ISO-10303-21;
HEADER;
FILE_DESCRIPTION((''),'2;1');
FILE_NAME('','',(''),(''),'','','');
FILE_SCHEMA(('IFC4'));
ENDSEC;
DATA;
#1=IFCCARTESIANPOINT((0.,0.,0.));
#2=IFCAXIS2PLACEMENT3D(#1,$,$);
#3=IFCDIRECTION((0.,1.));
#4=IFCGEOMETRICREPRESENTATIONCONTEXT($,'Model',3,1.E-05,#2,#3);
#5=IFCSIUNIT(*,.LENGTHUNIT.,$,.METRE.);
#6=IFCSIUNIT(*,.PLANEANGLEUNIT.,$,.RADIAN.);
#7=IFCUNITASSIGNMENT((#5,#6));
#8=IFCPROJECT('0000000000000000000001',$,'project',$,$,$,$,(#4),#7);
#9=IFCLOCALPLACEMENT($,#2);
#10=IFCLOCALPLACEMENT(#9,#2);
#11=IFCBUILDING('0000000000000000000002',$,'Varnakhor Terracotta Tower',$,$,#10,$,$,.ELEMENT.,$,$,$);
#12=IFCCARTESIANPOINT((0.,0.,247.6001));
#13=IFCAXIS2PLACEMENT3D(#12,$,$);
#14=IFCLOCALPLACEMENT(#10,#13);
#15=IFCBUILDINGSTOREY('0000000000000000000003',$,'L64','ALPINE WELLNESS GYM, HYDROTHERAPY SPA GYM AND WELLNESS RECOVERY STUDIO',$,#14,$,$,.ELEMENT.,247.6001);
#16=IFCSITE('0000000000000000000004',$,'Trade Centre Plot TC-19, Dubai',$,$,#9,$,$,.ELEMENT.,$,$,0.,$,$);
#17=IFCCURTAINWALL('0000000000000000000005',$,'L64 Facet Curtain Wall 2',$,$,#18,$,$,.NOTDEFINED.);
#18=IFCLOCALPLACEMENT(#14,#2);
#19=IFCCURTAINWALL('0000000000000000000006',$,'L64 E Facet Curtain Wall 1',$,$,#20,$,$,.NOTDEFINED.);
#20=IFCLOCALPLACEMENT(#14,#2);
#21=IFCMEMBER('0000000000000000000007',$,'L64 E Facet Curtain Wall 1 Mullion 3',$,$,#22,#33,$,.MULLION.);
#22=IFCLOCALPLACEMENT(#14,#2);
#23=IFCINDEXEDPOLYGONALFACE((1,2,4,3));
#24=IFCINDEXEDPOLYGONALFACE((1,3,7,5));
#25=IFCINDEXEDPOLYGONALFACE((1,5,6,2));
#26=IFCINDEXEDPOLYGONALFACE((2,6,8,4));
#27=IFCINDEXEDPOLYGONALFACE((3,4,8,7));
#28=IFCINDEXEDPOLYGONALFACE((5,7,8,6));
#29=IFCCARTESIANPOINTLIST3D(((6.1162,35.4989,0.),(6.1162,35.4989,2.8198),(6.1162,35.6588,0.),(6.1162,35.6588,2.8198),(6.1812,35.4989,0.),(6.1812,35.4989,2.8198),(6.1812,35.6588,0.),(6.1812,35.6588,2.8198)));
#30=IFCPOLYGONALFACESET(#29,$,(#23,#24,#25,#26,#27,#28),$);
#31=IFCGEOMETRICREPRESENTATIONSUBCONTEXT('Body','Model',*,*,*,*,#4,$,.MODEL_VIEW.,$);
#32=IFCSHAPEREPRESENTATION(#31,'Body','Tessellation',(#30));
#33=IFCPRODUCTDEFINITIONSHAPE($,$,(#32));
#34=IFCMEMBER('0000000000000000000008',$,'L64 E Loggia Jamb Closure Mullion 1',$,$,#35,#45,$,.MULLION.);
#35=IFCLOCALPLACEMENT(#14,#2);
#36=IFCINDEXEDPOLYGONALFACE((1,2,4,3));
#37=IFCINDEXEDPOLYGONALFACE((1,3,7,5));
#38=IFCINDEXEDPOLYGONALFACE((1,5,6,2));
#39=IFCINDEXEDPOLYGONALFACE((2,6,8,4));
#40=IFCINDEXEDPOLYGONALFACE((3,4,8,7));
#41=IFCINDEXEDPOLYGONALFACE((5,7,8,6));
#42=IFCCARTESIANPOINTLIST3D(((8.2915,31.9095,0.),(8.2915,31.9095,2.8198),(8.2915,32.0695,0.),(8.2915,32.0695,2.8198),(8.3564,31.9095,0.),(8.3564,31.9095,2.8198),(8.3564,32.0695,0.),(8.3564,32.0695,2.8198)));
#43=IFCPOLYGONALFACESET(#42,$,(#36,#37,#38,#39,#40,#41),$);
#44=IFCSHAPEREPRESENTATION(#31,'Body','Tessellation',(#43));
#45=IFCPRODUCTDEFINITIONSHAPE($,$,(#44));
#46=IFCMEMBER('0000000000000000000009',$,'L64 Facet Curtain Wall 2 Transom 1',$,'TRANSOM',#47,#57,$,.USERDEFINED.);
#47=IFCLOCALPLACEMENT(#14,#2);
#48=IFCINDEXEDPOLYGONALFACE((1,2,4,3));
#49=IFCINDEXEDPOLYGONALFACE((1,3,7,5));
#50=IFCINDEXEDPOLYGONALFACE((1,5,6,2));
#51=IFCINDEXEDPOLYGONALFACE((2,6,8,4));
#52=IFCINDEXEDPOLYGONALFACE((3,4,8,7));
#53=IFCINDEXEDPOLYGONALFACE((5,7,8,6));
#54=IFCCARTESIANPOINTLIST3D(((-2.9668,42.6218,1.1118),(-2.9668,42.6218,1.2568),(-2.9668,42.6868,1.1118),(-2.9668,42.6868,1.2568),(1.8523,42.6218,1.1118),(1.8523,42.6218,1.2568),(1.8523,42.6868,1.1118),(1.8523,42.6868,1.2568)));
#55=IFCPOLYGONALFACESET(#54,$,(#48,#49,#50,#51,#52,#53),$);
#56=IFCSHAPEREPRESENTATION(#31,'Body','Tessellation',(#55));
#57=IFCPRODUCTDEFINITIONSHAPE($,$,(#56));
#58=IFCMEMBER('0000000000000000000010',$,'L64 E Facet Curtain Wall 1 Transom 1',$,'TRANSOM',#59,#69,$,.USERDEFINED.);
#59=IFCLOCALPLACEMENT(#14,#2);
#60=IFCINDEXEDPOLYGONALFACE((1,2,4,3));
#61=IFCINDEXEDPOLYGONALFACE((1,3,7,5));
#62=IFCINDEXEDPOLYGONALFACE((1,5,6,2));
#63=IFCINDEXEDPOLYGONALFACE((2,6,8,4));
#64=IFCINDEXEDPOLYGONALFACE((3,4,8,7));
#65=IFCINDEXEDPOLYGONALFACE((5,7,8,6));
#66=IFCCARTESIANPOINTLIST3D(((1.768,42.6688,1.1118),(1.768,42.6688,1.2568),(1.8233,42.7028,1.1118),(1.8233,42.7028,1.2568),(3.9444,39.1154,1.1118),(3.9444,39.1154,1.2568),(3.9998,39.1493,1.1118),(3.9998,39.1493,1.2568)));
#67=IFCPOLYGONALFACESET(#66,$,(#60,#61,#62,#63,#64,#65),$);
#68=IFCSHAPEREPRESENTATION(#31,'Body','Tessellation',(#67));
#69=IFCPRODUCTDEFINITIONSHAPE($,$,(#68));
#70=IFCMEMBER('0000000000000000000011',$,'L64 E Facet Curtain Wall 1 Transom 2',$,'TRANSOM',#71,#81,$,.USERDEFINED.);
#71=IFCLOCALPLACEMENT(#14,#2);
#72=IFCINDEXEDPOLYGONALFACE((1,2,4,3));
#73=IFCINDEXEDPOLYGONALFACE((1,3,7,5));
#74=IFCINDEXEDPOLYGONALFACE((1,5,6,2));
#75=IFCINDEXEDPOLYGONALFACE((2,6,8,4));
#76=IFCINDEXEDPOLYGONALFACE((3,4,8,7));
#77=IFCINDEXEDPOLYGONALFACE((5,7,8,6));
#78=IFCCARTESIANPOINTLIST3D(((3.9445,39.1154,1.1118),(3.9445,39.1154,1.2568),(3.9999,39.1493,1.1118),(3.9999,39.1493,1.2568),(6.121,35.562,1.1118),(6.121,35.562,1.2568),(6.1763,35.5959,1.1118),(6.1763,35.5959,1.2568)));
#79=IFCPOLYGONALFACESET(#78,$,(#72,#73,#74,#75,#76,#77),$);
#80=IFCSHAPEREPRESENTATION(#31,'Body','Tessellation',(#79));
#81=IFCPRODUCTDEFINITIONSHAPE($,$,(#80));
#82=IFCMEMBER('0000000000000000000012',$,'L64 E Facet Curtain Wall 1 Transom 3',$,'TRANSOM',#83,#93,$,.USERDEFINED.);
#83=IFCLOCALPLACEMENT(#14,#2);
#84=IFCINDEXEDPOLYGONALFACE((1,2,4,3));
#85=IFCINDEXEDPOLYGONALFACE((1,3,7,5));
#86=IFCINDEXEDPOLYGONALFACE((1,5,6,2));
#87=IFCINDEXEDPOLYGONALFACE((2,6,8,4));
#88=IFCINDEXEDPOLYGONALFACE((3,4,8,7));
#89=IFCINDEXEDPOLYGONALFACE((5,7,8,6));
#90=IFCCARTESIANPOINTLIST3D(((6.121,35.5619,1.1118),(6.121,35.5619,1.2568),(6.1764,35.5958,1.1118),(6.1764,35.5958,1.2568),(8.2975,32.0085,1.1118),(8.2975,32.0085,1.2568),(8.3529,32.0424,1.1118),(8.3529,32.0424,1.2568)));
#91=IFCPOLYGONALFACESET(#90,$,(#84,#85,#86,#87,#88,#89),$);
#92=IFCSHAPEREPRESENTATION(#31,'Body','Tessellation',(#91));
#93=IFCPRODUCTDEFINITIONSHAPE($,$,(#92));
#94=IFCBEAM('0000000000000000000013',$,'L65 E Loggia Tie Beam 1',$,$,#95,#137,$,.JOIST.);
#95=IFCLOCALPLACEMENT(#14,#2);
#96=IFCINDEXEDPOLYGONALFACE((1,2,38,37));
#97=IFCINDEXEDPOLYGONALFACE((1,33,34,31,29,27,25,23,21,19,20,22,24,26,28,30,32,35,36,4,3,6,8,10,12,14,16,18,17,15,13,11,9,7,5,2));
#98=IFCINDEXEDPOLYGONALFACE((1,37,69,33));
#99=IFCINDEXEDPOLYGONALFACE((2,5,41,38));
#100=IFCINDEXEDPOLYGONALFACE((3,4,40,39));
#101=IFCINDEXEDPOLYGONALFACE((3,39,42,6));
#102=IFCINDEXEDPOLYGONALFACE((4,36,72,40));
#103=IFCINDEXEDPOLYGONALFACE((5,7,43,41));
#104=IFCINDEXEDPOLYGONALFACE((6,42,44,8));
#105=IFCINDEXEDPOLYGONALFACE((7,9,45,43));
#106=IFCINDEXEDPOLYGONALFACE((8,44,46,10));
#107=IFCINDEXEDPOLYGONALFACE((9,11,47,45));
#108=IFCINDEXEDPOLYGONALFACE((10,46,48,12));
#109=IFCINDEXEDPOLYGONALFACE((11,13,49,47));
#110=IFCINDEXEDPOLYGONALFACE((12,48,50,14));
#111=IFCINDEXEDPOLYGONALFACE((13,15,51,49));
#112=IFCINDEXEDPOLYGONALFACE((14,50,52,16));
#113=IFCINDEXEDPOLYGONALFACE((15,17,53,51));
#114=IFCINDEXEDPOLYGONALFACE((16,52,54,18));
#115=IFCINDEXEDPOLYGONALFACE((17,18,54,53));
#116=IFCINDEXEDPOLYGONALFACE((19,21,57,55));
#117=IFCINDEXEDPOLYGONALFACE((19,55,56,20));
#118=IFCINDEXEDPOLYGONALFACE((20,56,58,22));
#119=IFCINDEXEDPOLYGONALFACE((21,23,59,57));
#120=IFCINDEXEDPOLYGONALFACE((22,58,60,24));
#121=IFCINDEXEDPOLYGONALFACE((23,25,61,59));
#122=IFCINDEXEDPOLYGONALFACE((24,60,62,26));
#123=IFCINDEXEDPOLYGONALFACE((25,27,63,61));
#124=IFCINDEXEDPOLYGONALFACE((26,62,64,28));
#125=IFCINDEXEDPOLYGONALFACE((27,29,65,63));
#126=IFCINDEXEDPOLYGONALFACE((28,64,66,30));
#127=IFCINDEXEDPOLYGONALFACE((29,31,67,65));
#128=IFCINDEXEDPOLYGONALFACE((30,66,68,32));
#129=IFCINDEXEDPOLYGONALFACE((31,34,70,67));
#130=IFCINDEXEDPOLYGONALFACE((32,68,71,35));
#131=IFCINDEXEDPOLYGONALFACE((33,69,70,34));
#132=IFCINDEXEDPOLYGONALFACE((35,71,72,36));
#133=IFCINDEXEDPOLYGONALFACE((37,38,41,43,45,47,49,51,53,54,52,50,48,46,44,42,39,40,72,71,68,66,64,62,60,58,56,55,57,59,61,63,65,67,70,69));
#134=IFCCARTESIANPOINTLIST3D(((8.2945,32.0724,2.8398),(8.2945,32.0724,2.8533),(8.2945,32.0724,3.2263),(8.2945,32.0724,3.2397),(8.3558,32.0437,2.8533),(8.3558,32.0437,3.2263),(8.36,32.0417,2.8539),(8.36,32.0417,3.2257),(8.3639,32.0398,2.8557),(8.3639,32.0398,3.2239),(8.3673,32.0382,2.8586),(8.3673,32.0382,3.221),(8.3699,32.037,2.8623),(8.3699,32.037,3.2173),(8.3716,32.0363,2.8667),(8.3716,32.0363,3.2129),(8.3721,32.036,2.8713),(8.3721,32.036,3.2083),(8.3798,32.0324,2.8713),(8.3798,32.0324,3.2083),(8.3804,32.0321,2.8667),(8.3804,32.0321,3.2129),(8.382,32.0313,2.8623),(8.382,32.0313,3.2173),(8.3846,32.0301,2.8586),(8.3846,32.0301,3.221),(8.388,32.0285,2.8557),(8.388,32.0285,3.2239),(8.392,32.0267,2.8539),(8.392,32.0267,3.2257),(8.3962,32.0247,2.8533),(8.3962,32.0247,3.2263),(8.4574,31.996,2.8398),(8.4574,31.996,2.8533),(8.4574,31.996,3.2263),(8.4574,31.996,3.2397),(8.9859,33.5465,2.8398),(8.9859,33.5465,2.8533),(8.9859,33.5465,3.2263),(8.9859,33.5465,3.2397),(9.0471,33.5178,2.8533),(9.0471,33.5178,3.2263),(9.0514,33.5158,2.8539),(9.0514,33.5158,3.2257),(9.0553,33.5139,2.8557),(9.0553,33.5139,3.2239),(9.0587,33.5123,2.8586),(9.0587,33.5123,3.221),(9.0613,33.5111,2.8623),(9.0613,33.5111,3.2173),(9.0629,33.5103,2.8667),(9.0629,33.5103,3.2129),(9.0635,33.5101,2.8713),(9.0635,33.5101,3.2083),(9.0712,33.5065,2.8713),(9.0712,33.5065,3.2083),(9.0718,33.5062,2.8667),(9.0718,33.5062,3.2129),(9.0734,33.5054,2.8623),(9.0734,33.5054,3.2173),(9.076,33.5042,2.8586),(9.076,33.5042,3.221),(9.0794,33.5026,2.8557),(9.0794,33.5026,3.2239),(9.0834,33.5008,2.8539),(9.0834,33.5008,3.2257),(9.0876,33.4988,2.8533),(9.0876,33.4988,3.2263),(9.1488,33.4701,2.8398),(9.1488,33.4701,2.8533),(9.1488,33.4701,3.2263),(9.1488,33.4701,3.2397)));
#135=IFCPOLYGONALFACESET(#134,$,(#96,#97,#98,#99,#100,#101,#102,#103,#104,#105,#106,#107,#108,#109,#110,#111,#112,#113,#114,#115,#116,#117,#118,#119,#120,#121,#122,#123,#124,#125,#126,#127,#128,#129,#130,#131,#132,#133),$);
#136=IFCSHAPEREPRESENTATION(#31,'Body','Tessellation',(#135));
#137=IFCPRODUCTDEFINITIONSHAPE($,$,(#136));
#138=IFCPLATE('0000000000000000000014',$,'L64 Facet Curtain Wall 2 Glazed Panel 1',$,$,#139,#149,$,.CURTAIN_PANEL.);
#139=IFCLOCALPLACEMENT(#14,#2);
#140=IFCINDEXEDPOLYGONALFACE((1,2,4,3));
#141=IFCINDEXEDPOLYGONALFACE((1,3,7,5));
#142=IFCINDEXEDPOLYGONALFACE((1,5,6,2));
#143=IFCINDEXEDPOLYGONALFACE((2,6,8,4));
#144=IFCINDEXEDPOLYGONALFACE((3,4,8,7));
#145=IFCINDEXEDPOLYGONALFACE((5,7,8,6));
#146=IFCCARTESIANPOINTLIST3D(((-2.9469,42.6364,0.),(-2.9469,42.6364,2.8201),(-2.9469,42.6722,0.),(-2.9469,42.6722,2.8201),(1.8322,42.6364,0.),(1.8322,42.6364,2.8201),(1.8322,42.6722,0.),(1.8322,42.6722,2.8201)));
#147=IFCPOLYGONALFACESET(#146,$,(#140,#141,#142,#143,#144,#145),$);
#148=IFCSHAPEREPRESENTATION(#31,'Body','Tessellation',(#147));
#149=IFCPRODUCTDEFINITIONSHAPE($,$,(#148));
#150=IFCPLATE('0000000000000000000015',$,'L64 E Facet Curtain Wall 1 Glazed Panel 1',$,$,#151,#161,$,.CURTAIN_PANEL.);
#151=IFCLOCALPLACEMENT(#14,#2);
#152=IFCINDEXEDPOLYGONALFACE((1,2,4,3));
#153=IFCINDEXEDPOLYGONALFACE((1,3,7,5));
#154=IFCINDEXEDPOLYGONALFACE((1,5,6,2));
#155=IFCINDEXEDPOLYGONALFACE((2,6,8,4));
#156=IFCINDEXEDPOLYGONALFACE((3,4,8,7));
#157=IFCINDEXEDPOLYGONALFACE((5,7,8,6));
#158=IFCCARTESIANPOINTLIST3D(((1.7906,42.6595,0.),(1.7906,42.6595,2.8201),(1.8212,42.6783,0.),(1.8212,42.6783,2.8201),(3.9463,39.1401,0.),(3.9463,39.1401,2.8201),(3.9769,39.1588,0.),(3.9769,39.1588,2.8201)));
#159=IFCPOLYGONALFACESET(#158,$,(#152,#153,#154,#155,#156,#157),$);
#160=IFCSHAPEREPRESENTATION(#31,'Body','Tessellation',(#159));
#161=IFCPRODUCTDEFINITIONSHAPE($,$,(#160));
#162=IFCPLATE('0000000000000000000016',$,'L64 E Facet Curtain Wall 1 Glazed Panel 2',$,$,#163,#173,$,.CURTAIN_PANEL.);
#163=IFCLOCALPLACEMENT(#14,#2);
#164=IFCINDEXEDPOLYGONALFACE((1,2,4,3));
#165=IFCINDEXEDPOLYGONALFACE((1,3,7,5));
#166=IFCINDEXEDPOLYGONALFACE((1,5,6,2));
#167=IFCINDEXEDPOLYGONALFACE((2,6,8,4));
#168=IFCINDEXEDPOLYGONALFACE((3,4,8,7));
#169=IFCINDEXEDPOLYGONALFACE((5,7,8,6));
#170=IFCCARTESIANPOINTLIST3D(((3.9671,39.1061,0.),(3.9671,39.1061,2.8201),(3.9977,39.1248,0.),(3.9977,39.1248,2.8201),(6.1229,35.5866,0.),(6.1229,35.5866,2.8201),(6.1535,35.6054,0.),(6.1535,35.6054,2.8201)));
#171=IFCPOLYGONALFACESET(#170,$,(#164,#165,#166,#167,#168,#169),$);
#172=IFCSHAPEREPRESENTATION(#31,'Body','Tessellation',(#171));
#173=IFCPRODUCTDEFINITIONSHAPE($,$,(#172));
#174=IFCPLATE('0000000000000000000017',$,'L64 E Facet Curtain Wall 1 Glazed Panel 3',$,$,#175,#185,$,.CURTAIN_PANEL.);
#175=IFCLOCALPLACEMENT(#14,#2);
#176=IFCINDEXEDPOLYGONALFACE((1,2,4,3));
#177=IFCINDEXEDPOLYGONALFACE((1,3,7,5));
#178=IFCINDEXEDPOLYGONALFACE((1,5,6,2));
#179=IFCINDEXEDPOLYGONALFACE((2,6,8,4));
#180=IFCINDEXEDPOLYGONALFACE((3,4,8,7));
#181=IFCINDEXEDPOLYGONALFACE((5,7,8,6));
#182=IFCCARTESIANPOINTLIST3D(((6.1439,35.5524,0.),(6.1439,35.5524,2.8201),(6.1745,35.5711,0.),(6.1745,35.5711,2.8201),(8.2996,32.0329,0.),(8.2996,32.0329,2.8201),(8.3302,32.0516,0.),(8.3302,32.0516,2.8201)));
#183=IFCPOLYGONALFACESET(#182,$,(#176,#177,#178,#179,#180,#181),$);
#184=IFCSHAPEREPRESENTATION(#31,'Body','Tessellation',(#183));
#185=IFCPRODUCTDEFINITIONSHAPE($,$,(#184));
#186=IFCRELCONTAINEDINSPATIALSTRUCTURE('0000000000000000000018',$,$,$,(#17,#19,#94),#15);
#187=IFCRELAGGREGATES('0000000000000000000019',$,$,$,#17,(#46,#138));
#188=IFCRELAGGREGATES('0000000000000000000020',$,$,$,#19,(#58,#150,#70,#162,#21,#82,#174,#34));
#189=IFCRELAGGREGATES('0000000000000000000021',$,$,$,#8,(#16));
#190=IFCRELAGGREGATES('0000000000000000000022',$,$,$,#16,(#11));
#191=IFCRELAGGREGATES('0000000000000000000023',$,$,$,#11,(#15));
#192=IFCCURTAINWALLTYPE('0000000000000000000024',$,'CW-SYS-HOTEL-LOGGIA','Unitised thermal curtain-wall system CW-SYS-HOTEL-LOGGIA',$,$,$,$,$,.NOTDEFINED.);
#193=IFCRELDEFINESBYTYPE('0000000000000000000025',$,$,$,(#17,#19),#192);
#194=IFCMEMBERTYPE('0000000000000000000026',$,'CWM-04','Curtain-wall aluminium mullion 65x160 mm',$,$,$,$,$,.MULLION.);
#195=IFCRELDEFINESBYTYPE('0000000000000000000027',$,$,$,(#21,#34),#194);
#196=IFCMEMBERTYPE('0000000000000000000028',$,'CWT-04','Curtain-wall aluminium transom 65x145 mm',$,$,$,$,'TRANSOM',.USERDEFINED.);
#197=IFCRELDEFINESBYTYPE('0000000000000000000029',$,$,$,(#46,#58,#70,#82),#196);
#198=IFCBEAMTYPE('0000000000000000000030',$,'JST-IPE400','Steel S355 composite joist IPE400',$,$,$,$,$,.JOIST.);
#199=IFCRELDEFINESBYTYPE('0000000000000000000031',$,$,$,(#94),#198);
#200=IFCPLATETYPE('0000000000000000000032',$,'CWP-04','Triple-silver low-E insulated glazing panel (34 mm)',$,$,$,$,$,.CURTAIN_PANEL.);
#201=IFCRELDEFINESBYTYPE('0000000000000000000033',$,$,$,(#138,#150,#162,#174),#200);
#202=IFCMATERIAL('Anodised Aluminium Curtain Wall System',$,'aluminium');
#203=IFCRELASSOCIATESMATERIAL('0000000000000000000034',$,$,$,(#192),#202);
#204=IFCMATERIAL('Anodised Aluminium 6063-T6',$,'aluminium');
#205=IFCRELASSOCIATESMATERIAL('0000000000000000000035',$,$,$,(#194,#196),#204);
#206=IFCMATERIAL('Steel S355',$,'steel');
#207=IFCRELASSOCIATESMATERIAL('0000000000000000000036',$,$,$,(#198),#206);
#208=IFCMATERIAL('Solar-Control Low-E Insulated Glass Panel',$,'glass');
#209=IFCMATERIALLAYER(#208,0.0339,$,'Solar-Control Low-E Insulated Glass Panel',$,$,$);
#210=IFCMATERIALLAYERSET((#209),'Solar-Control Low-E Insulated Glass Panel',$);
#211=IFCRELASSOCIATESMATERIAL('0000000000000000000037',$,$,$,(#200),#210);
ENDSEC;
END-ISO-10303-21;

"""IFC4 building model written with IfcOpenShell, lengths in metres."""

from ifc_helpers import new_model, si_unit, direction, frame, origin, origin_2d, place, context, subcontext, project, spatial, rectangle, i_section, extrude, source, transform, mapped, material, layer, layer_set, material_profile, profile_set, type_object, element, aggregate, save


model = new_model("IFC4")

# Units and contexts
model_context = context("Model", 3, precision=1e-05, world=origin(), true_north=direction((0.0, 1.0)))
body_context = subcontext(model_context, "Body", "Model", "MODEL_VIEW")
ifc_project = project(units=[si_unit("LENGTHUNIT", "METRE"), si_unit("PLANEANGLEUNIT", "RADIAN")], contexts=[model_context])

# Site, building, storey
site_placement = place(None, origin())
site = spatial("IfcSite", under=ifc_project, at=site_placement, Name="Trade Centre Plot TC-19, Dubai", CompositionType="ELEMENT", RefElevation=0.0)
building_placement = place(site_placement, origin())
building = spatial("IfcBuilding", under=site, at=building_placement, Name="Varnakhor Terracotta Tower", CompositionType="ELEMENT")
storey_placement = place(building_placement, frame((0.0, 0.0, 247.6001)))
storey = spatial("IfcBuildingStorey", under=building, at=storey_placement, Name="L64", Description="ALPINE WELLNESS GYM, HYDROTHERAPY SPA GYM AND WELLNESS RECOVERY STUDIO", CompositionType="ELEMENT", Elevation=247.6001)

# Shared definitions
ifc_material_1 = material(Name="Steel S355", Category="steel")

# Curtain wall
ifc_material_2 = material(Name="Anodised Aluminium Curtain Wall System", Category="aluminium")
curtain_wall_type = type_object("IfcCurtainWallType", Name="CW-SYS-HOTEL-LOGGIA", Description="Unitised thermal curtain-wall system CW-SYS-HOTEL-LOGGIA", PredefinedType="NOTDEFINED", material=ifc_material_2)
curtain_wall_1_placement = place(storey_placement, origin())
curtain_wall_1 = element("IfcCurtainWall", 1, at=curtain_wall_1_placement, inside=storey, type_object=curtain_wall_type, Name="L64 Facet Curtain Wall 2", PredefinedType="NOTDEFINED")
ifc_material_3 = material(Name="Anodised Aluminium 6063-T6", Category="aluminium")
ifc_material_profile_1 = material_profile(ifc_material_3, rectangle(XDim=0.0649, YDim=0.1599, at=origin_2d()), Name="ALU MULLION 65x160")
ifc_profile_set_1 = profile_set([ifc_material_profile_1], Name="Anodised Aluminium 6063-T6")
member_type_1 = type_object("IfcMemberType", Name="CWM-04", Description="Curtain-wall aluminium mullion 65x160 mm", PredefinedType="MULLION", material=ifc_profile_set_1)
shared_shape_1 = source(origin(), body_context, "Body", "SweptSolid", [
    extrude(rectangle(XDim=0.0649, YDim=0.1599, at=origin_2d()), origin(), (0.0, 0.0, 1.0), 2.8198),
])

# Curtain wall, members
curtain_wall_2_placement = place(storey_placement, origin())
curtain_wall_2 = element("IfcCurtainWall", 2, at=curtain_wall_2_placement, inside=storey, type_object=curtain_wall_type, Name="L64 E Facet Curtain Wall 1", PredefinedType="NOTDEFINED")
member_1_placement = place(storey_placement, frame((6.1487, 35.5789, 0.0), z_axis=(0.0, 0.0, 1.0), x_axis=(1.0, 0.0, 0.0)))
member_1 = element("IfcMember", 3, at=member_1_placement, type_object=member_type_1, Name="L64 E Facet Curtain Wall 1 Mullion 3", PredefinedType="MULLION", context=body_context, shape_type="MappedRepresentation", body=[
    mapped(shared_shape_1, transform((0.0, 0.0, 0.0), scale=1.0)),
])
member_2_placement = place(storey_placement, frame((8.324, 31.9895, 0.0), z_axis=(0.0, 0.0, 1.0), x_axis=(1.0, 0.0, 0.0)))
member_2 = element("IfcMember", 4, at=member_2_placement, type_object=member_type_1, Name="L64 E Loggia Jamb Closure Mullion 1", PredefinedType="MULLION", context=body_context, shape_type="MappedRepresentation", body=[
    mapped(shared_shape_1, transform((0.0, 0.0, 0.0), scale=1.0)),
])

# Members
ifc_material_profile_2 = material_profile(ifc_material_3, rectangle(XDim=0.0649, YDim=0.145, at=origin_2d()), Name="ALU TRANSOM 65x145")
ifc_profile_set_2 = profile_set([ifc_material_profile_2], Name="Anodised Aluminium 6063-T6")
member_type_2 = type_object("IfcMemberType", Name="CWT-04", Description="Curtain-wall aluminium transom 65x145 mm", ElementType="TRANSOM", PredefinedType="USERDEFINED", material=ifc_profile_set_2)
shared_shape_2 = source(origin(), body_context, "Body", "SweptSolid", [
    extrude(rectangle(XDim=0.0649, YDim=0.145, at=origin_2d()), origin(), (0.0, 0.0, 1.0), 4.8191),
])
member_3_placement = place(storey_placement, frame((-2.9668, 42.6543, 1.1843), z_axis=(1.0, 0.0, 0.0), x_axis=(0.0, 1.0, 0.0)))
member_3 = element("IfcMember", 5, at=member_3_placement, type_object=member_type_2, Name="L64 Facet Curtain Wall 2 Transom 1", ObjectType="TRANSOM", PredefinedType="USERDEFINED", context=body_context, shape_type="MappedRepresentation", body=[
    mapped(shared_shape_2, transform((0.0, 0.0, 0.0), scale=1.0)),
])
shared_shape_3 = source(origin(), body_context, "Body", "SweptSolid", [
    extrude(rectangle(XDim=0.0649, YDim=0.145, at=origin_2d()), origin(), (0.0, 0.0, 1.0), 4.167),
])
member_4_placement = place(storey_placement, frame((1.7957, 42.6858, 1.1843), z_axis=(0.522315, -0.852753, 0.0), x_axis=(0.852753, 0.522315, 0.0)))
member_4 = element("IfcMember", 6, at=member_4_placement, type_object=member_type_2, Name="L64 E Facet Curtain Wall 1 Transom 1", ObjectType="TRANSOM", PredefinedType="USERDEFINED", context=body_context, shape_type="MappedRepresentation", body=[
    mapped(shared_shape_3, transform((0.0, 0.0, 0.0), scale=1.0)),
])
member_5_placement = place(storey_placement, frame((3.9722, 39.1323, 1.1843), z_axis=(0.522315, -0.852753, 0.0), x_axis=(0.852753, 0.522315, 0.0)))
member_5 = element("IfcMember", 7, at=member_5_placement, type_object=member_type_2, Name="L64 E Facet Curtain Wall 1 Transom 2", ObjectType="TRANSOM", PredefinedType="USERDEFINED", context=body_context, shape_type="MappedRepresentation", body=[
    mapped(shared_shape_3, transform((0.0, 0.0, 0.0), scale=1.0)),
])
member_6_placement = place(storey_placement, frame((6.1487, 35.5789, 1.1843), z_axis=(0.522315, -0.852753, 0.0), x_axis=(0.852753, 0.522315, 0.0)))
member_6 = element("IfcMember", 8, at=member_6_placement, type_object=member_type_2, Name="L64 E Facet Curtain Wall 1 Transom 3", ObjectType="TRANSOM", PredefinedType="USERDEFINED", context=body_context, shape_type="MappedRepresentation", body=[
    mapped(shared_shape_3, transform((0.0, 0.0, 0.0), scale=1.0)),
])

# Beam
ifc_material_profile_3 = material_profile(ifc_material_1, i_section(OverallWidth=0.1799, OverallDepth=0.3999, WebThickness=0.0085, FlangeThickness=0.0134, FilletRadius=0.0181, at=origin_2d()), Name="IPE400")
ifc_profile_set_3 = profile_set([ifc_material_profile_3], Name="Steel S355")
beam_type_1 = type_object("IfcBeamType", Name="JST-IPE400", Description="Steel S355 composite joist IPE400", PredefinedType="JOIST", material=ifc_profile_set_3)
shared_shape_4 = source(origin(), body_context, "Body", "SweptSolid", [
    extrude(i_section(OverallWidth=0.1799, OverallDepth=0.3999, WebThickness=0.0085, FlangeThickness=0.0134, FilletRadius=0.0181, at=origin_2d()), origin(), (0.0, 0.0, 1.0), 1.6282),
])
beam_1_placement = place(storey_placement, frame((8.376, 32.0342, 3.0398), z_axis=(0.424641, 0.905362, 0.0), x_axis=(-0.905362, 0.424641, 0.0)))
element("IfcBeam", 9, at=beam_1_placement, inside=storey, type_object=beam_type_1, Name="L65 E Loggia Tie Beam 1", PredefinedType="JOIST", context=body_context, shape_type="MappedRepresentation", body=[
    mapped(shared_shape_4, transform((0.0, 0.0, 0.0), scale=1.0)),
])

# Plates
ifc_material_4 = material(Name="Solar-Control Low-E Insulated Glass Panel", Category="glass")
ifc_layer_1 = layer(ifc_material_4, 0.0339, Name="Solar-Control Low-E Insulated Glass Panel")
ifc_layer_set_1 = layer_set([ifc_layer_1], Name="Solar-Control Low-E Insulated Glass Panel")
plate_type = type_object("IfcPlateType", Name="CWP-04", Description="Triple-silver low-E insulated glazing panel (34 mm)", PredefinedType="CURTAIN_PANEL", material=ifc_layer_set_1)
shared_shape_5 = source(origin(), body_context, "Body", "SweptSolid", [
    extrude(rectangle(XDim=4.7791, YDim=0.0359, at=origin_2d()), origin(), (0.0, 0.0, 1.0), 2.8201),
])
plate_1_placement = place(storey_placement, frame((-0.5574, 42.6543, 0.0), z_axis=(0.0, 0.0, 1.0), x_axis=(1.0, 0.0, 0.0)))
plate_1 = element("IfcPlate", 10, at=plate_1_placement, type_object=plate_type, Name="L64 Facet Curtain Wall 2 Glazed Panel 1", PredefinedType="CURTAIN_PANEL", context=body_context, shape_type="MappedRepresentation", body=[
    mapped(shared_shape_5, transform((0.0, 0.0, 0.0), scale=1.0)),
])
aggregate(curtain_wall_1, [member_3, plate_1])
shared_shape_6 = source(origin(), body_context, "Body", "SweptSolid", [
    extrude(rectangle(XDim=4.1272, YDim=0.0359, at=origin_2d()), origin(), (0.0, 0.0, 1.0), 2.8201),
])
plate_2_placement = place(storey_placement, frame((2.8838, 40.9092, 0.0), z_axis=(0.0, 0.0, 1.0), x_axis=(0.52232, -0.85275, 0.0)))
plate_2 = element("IfcPlate", 11, at=plate_2_placement, type_object=plate_type, Name="L64 E Facet Curtain Wall 1 Glazed Panel 1", PredefinedType="CURTAIN_PANEL", context=body_context, shape_type="MappedRepresentation", body=[
    mapped(shared_shape_6, transform((0.0, 0.0, 0.0), scale=1.0)),
])
plate_3_placement = place(storey_placement, frame((5.0603, 37.3557, 0.0), z_axis=(0.0, 0.0, 1.0), x_axis=(0.52232, -0.85275, 0.0)))
plate_3 = element("IfcPlate", 12, at=plate_3_placement, type_object=plate_type, Name="L64 E Facet Curtain Wall 1 Glazed Panel 2", PredefinedType="CURTAIN_PANEL", context=body_context, shape_type="MappedRepresentation", body=[
    mapped(shared_shape_6, transform((0.0, 0.0, 0.0), scale=1.0)),
])
plate_4_placement = place(storey_placement, frame((7.2371, 33.802, 0.0), z_axis=(0.0, 0.0, 1.0), x_axis=(0.52232, -0.85275, 0.0)))
plate_4 = element("IfcPlate", 13, at=plate_4_placement, type_object=plate_type, Name="L64 E Facet Curtain Wall 1 Glazed Panel 3", PredefinedType="CURTAIN_PANEL", context=body_context, shape_type="MappedRepresentation", body=[
    mapped(shared_shape_6, transform((0.0, 0.0, 0.0), scale=1.0)),
])
aggregate(curtain_wall_2, [member_4, plate_2, member_5, plate_3, member_1, member_6, plate_4, member_2])

save(model, "model.ifc")
